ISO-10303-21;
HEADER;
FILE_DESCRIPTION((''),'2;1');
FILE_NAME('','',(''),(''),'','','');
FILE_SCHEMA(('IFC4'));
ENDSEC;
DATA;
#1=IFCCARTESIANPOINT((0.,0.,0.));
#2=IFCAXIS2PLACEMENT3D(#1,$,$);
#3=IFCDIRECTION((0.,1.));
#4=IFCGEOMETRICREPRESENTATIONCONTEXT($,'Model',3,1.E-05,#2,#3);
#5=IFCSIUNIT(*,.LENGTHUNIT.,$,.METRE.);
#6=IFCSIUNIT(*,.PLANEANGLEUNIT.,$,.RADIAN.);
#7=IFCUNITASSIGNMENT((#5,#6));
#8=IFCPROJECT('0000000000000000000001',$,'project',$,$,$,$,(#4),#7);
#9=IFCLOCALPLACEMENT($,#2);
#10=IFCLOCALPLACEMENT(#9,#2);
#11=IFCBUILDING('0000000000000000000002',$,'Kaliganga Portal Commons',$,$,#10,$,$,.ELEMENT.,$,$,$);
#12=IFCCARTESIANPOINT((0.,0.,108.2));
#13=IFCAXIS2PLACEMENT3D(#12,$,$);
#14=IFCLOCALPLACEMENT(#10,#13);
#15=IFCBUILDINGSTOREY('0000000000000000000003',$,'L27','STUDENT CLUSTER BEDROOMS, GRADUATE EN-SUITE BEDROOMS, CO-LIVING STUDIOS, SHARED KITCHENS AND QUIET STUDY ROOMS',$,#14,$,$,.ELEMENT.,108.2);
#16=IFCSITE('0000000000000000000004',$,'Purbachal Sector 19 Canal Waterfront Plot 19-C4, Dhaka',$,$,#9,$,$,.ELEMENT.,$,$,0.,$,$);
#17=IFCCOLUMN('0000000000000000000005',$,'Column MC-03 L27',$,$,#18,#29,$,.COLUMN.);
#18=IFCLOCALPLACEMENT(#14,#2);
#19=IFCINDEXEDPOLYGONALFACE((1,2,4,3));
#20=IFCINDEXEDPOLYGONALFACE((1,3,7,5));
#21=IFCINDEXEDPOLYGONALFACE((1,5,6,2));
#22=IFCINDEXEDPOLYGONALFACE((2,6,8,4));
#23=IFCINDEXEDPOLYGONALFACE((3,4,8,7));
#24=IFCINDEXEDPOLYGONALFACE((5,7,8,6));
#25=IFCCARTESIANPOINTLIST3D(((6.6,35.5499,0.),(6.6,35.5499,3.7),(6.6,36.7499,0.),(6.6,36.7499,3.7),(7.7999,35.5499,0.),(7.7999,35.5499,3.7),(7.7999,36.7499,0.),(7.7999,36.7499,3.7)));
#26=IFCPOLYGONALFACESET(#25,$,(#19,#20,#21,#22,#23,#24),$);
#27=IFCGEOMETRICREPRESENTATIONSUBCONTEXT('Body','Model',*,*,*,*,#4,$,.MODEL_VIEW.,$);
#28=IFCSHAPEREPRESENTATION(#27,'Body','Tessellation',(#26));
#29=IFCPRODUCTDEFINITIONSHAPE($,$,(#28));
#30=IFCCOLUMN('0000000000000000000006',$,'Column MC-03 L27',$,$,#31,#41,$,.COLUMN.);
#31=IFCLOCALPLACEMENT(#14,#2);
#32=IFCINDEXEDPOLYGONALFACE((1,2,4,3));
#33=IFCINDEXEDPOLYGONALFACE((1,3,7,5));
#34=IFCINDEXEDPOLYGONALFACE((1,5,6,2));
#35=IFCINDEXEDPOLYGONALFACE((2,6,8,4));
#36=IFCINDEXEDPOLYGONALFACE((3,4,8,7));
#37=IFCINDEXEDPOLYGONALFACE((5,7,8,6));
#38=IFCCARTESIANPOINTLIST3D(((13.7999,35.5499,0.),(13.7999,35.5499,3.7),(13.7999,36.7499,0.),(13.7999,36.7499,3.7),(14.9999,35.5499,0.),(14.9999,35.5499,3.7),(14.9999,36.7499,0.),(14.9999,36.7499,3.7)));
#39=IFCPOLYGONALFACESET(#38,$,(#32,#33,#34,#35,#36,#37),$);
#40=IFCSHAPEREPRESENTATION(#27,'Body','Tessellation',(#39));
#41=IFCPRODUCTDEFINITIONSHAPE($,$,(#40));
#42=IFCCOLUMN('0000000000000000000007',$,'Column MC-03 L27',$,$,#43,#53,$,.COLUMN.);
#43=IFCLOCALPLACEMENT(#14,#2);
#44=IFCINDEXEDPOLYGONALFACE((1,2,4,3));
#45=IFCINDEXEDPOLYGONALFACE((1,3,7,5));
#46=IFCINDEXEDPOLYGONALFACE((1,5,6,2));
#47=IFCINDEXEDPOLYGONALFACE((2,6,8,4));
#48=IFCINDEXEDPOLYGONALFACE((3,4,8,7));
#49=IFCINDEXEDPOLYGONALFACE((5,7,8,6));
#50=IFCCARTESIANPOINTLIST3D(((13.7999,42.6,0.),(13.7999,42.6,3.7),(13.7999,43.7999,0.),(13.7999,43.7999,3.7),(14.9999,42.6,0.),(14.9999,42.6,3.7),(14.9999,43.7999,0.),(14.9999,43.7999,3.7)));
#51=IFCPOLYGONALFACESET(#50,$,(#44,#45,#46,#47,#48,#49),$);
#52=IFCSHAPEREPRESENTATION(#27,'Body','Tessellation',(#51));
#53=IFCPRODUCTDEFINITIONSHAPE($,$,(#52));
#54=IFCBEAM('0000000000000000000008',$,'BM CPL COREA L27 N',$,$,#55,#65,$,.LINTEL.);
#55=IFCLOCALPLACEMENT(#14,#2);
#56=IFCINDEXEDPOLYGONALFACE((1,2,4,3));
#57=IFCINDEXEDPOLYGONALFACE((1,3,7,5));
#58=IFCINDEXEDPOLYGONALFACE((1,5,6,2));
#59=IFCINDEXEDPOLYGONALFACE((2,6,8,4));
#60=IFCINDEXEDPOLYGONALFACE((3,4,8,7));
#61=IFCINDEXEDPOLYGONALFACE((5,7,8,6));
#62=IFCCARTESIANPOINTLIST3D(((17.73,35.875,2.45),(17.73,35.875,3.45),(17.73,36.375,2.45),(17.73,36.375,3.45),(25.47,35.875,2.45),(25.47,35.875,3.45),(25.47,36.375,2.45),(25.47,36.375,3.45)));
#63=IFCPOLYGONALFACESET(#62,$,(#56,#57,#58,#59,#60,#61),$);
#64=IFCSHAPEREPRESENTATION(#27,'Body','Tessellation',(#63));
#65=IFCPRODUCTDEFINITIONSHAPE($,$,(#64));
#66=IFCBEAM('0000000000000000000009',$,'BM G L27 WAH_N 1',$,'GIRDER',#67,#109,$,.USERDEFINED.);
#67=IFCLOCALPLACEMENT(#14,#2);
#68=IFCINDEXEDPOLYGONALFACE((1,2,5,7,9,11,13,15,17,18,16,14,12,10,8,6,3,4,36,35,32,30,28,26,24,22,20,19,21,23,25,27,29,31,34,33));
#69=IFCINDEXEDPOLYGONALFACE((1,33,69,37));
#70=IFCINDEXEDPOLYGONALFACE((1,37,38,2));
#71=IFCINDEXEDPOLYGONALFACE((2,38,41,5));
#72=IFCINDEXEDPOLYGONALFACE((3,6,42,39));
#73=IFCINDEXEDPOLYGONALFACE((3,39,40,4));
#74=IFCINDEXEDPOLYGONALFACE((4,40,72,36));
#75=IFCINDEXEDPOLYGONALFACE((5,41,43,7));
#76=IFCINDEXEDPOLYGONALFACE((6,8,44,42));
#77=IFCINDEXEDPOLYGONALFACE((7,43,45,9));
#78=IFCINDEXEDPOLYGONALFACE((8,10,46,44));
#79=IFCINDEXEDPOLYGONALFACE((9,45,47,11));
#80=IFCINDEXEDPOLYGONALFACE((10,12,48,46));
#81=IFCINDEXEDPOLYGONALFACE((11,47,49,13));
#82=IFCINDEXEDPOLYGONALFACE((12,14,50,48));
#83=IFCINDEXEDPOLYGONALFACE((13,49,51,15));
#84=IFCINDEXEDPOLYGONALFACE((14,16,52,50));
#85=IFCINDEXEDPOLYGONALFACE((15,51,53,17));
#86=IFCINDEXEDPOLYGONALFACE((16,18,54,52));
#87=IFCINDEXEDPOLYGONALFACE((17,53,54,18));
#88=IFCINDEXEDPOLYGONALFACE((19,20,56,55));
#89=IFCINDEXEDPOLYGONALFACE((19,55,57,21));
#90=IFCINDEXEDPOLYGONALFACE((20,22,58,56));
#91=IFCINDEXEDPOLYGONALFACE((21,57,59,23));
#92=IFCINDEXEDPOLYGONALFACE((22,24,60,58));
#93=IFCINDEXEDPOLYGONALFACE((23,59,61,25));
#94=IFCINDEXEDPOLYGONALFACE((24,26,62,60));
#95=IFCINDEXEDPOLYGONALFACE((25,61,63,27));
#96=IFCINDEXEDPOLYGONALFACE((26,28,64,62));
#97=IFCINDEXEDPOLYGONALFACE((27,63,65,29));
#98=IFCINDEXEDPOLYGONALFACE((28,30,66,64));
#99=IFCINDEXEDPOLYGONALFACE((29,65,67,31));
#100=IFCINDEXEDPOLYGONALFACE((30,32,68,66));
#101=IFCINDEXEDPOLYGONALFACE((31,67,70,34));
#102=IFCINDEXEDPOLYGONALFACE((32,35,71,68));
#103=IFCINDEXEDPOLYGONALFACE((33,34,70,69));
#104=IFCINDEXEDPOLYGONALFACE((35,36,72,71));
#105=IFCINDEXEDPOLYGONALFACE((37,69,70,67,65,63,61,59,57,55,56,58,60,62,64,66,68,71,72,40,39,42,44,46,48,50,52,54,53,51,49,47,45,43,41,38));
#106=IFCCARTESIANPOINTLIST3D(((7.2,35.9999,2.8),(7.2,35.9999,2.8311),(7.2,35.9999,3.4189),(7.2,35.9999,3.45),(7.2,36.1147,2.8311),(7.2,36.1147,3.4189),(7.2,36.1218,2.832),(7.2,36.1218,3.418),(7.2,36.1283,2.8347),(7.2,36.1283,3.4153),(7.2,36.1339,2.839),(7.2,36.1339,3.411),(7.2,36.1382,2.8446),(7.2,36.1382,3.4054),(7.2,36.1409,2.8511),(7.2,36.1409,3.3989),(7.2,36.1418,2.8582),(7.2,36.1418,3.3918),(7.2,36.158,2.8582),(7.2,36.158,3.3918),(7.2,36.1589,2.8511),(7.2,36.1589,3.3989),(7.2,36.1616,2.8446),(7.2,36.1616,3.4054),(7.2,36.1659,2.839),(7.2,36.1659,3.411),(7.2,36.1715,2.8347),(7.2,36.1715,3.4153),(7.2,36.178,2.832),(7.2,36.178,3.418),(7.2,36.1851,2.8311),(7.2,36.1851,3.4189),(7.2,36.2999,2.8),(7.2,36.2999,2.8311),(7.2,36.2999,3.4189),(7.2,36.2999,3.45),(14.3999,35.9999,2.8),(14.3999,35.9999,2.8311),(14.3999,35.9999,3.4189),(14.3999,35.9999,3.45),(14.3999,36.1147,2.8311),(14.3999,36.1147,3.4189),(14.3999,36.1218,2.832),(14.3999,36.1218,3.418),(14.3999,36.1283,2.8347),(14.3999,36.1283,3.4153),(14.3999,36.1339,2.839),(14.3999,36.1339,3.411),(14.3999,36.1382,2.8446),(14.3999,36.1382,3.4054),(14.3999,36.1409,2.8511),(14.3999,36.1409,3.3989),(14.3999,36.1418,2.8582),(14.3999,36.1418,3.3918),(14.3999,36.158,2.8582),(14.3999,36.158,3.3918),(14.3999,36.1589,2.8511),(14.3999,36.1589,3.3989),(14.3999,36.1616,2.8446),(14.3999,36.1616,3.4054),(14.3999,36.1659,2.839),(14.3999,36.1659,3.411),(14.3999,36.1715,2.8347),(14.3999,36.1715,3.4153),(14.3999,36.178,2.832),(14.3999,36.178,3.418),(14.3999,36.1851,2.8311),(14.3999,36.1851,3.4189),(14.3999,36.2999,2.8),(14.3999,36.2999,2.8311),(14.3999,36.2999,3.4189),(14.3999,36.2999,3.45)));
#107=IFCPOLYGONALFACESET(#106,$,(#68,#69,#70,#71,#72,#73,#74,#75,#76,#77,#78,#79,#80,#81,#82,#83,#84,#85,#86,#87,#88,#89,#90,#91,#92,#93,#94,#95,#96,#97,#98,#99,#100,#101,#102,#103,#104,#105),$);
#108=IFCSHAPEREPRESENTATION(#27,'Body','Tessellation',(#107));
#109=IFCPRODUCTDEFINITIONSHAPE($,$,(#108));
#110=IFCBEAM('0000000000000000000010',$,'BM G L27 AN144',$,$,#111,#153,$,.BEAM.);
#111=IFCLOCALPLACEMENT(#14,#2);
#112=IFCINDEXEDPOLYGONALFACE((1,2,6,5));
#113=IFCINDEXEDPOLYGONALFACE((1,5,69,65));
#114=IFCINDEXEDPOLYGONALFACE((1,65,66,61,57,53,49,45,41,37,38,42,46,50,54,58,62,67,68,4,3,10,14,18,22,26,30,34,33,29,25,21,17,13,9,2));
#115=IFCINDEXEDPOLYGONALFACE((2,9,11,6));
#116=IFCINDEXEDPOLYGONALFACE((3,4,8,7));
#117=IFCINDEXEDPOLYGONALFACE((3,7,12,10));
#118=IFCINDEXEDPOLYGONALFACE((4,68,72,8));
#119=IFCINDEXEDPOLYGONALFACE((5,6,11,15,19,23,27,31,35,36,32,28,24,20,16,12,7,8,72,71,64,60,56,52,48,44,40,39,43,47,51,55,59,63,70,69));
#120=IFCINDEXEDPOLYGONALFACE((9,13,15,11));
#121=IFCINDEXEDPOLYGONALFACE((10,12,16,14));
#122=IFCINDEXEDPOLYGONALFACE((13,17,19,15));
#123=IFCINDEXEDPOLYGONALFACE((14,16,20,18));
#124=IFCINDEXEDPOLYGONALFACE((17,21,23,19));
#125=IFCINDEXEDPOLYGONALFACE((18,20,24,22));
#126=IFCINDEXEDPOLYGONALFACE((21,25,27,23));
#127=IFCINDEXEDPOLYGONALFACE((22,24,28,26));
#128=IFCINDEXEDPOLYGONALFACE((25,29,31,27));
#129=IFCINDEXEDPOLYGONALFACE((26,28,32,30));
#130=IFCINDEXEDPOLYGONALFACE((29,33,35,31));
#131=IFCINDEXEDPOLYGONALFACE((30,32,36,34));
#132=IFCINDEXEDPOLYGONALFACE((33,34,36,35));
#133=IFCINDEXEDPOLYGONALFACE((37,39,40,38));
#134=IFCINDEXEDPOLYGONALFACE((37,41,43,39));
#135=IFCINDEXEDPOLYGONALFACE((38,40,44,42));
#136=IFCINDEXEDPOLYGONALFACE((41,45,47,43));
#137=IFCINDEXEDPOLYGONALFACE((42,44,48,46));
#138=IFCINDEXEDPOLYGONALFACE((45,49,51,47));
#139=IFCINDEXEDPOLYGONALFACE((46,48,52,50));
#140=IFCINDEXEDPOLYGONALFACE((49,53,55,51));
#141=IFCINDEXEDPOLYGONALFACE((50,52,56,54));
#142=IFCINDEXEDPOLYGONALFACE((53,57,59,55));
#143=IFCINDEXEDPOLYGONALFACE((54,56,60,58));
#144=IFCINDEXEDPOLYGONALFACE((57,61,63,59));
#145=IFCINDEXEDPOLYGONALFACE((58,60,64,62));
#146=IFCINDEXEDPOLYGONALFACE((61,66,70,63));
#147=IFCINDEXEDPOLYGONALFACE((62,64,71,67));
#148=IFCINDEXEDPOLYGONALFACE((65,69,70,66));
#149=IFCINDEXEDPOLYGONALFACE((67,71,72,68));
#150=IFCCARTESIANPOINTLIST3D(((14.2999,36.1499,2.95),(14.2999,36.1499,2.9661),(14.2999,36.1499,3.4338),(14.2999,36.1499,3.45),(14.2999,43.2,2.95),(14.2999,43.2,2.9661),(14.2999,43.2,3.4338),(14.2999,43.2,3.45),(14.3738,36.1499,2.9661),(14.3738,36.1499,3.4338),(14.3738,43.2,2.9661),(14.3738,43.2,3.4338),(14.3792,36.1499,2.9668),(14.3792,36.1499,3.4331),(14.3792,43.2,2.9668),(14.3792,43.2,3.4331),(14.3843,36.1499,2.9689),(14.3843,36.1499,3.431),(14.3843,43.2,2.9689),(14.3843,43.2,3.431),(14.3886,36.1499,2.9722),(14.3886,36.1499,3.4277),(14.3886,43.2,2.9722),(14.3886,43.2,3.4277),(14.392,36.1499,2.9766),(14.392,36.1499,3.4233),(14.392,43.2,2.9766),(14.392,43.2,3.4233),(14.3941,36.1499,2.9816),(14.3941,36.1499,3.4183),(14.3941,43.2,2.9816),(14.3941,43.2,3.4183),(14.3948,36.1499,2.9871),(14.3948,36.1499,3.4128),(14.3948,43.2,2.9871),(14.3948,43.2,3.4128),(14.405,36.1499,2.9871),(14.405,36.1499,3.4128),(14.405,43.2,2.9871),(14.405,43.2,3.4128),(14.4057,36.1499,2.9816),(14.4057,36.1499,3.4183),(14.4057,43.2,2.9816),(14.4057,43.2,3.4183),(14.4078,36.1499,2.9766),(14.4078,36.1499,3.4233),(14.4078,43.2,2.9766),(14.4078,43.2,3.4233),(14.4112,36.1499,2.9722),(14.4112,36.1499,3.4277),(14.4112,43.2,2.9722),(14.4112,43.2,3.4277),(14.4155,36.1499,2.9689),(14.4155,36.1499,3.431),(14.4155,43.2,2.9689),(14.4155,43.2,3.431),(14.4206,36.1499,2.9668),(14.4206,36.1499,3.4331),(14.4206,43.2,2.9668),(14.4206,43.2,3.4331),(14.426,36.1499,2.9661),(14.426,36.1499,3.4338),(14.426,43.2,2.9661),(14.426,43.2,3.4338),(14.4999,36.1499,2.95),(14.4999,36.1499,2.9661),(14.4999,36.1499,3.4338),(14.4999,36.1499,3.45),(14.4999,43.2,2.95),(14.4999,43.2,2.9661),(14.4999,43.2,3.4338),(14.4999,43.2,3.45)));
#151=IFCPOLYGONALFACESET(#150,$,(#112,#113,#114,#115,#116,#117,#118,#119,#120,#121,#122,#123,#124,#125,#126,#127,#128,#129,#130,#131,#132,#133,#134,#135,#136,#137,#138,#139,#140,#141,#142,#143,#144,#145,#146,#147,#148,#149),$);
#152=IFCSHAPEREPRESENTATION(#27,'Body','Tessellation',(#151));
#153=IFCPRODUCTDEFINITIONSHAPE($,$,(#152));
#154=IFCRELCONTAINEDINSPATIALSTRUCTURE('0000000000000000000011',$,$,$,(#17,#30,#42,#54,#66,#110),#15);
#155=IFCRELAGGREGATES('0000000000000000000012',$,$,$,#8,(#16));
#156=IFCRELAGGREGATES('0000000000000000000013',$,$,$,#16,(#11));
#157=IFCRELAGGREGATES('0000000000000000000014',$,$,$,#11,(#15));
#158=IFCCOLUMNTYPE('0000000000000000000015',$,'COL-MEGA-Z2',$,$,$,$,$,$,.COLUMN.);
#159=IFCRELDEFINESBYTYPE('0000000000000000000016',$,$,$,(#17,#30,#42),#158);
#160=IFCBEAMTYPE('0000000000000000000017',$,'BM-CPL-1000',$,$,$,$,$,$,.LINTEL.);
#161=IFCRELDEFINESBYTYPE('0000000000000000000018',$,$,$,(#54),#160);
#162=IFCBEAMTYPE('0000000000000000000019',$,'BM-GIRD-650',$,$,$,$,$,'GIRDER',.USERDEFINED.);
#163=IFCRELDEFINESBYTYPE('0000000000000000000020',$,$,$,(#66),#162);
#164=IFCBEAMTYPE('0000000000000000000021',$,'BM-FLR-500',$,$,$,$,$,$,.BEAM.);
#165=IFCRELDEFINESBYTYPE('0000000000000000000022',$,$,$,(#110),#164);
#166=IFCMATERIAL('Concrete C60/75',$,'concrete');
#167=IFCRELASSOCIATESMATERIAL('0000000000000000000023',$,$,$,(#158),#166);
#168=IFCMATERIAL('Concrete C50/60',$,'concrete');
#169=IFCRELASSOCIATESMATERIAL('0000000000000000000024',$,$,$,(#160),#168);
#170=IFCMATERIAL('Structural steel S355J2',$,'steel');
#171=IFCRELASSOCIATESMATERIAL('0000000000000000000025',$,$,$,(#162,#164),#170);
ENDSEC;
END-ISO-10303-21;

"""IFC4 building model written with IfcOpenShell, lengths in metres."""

from ifc_helpers import new_model, si_unit, direction, frame, origin, origin_2d, place, context, subcontext, project, spatial, rectangle, i_section, extrude, source, transform, mapped, material, material_profile, profile_set, type_object, element, save


model = new_model("IFC4")

# Units and contexts
model_context = context("Model", 3, precision=1e-05, world=origin(), true_north=direction((0.0, 1.0)))
body_context = subcontext(model_context, "Body", "Model", "MODEL_VIEW")
ifc_project = project(units=[si_unit("LENGTHUNIT", "METRE"), si_unit("PLANEANGLEUNIT", "RADIAN")], contexts=[model_context])

# Site, building, storey
site_placement = place(None, origin())
site = spatial("IfcSite", under=ifc_project, at=site_placement, Name="Purbachal Sector 19 Canal Waterfront Plot 19-C4, Dhaka", CompositionType="ELEMENT", RefElevation=0.0)
building_placement = place(site_placement, origin())
building = spatial("IfcBuilding", under=site, at=building_placement, Name="Kaliganga Portal Commons", CompositionType="ELEMENT")
storey_placement = place(building_placement, frame((0.0, 0.0, 108.2)))
storey = spatial("IfcBuildingStorey", under=building, at=storey_placement, Name="L27", Description="STUDENT CLUSTER BEDROOMS, GRADUATE EN-SUITE BEDROOMS, CO-LIVING STUDIOS, SHARED KITCHENS AND QUIET STUDY ROOMS", CompositionType="ELEMENT", Elevation=108.2)

# Columns
ifc_material_1 = material(Name="Concrete C60/75", Category="concrete")
ifc_material_profile_1 = material_profile(ifc_material_1, rectangle(XDim=1.2, YDim=1.2, at=origin_2d()), Name="RC 1200x1200")
ifc_profile_set_1 = profile_set([ifc_material_profile_1], Name="Concrete C60/75")
column_type = type_object("IfcColumnType", Name="COL-MEGA-Z2", PredefinedType="COLUMN", material=ifc_profile_set_1)
shared_shape_1 = source(origin(), body_context, "Body", "SweptSolid", [
    extrude(rectangle(XDim=1.2, YDim=1.2, at=origin_2d()), origin(), (0.0, 0.0, 1.0), 3.7),
])
for number, where, z_axis, x_axis, name in (
    (1, (7.2, 36.1499, 0.0), (0.0, 0.0, 1.0), (1.0, 0.0, 0.0), "Column MC-03 L27"),
    (2, (14.3999, 36.1499, 0.0), (0.0, 0.0, 1.0), (1.0, 0.0, 0.0), "Column MC-03 L27"),
    (3, (14.3999, 43.2, 0.0), (0.0, 0.0, 1.0), (1.0, 0.0, 0.0), "Column MC-03 L27"),
):
    element("IfcColumn", number, at=place(storey_placement, frame(where, z_axis=z_axis, x_axis=x_axis)), inside=storey, type_object=column_type, Name=name, PredefinedType="COLUMN", context=body_context, shape_type="MappedRepresentation", body=[
        mapped(shared_shape_1, transform((0.0, 0.0, 0.0), x_axis=(1.0, 0.0, 0.0), y_axis=(0.0, 1.0, 0.0), z_axis=(0.0, 0.0, 1.0), scale=1.0)),
    ])

# Beams
ifc_material_2 = material(Name="Concrete C50/60", Category="concrete")
ifc_material_profile_2 = material_profile(ifc_material_2, rectangle(XDim=0.5, YDim=1.0, at=origin_2d()), Name="RC 500x1000")
ifc_profile_set_2 = profile_set([ifc_material_profile_2], Name="Concrete C50/60")
beam_type_1 = type_object("IfcBeamType", Name="BM-CPL-1000", PredefinedType="LINTEL", material=ifc_profile_set_2)
shared_shape_2 = source(origin(), body_context, "Body", "SweptSolid", [
    extrude(rectangle(XDim=0.5, YDim=1.0, at=origin_2d()), origin(), (0.0, 0.0, 1.0), 7.74),
])
beam_1_placement = place(storey_placement, frame((17.73, 36.125, 2.95), z_axis=(1.0, 0.0, 0.0), x_axis=(0.0, 1.0, 0.0)))
element("IfcBeam", 4, at=beam_1_placement, inside=storey, type_object=beam_type_1, Name="BM CPL COREA L27 N", PredefinedType="LINTEL", context=body_context, shape_type="MappedRepresentation", body=[
    mapped(shared_shape_2, transform((0.0, 0.0, 0.0), x_axis=(1.0, 0.0, 0.0), y_axis=(0.0, 1.0, 0.0), z_axis=(0.0, 0.0, 1.0), scale=1.0)),
])
ifc_material_3 = material(Name="Structural steel S355J2", Category="steel")
ifc_material_profile_3 = material_profile(ifc_material_3, i_section(OverallWidth=0.3, OverallDepth=0.6499, WebThickness=0.0161, FlangeThickness=0.031, FilletRadius=0.0271, at=origin_2d()), Name="HE 650 B")
ifc_profile_set_3 = profile_set([ifc_material_profile_3], Name="Structural steel S355J2 wide-flange")
beam_type_2 = type_object("IfcBeamType", Name="BM-GIRD-650", ElementType="GIRDER", PredefinedType="USERDEFINED", material=ifc_profile_set_3)
shared_shape_3 = source(origin(), body_context, "Body", "SweptSolid", [
    extrude(i_section(OverallWidth=0.3, OverallDepth=0.6499, WebThickness=0.0161, FlangeThickness=0.031, FilletRadius=0.0271, at=origin_2d()), origin(), (0.0, 0.0, 1.0), 7.2),
])
beam_2_placement = place(storey_placement, frame((7.2, 36.1499, 3.125), z_axis=(1.0, 0.0, 0.0), x_axis=(0.0, 1.0, 0.0)))
element("IfcBeam", 5, at=beam_2_placement, inside=storey, type_object=beam_type_2, Name="BM G L27 WAH_N 1", ObjectType="GIRDER", PredefinedType="USERDEFINED", context=body_context, shape_type="MappedRepresentation", body=[
    mapped(shared_shape_3, transform((0.0, 0.0, 0.0), x_axis=(1.0, 0.0, 0.0), y_axis=(0.0, 1.0, 0.0), z_axis=(0.0, 0.0, 1.0), scale=1.0)),
])
ifc_material_profile_4 = material_profile(ifc_material_3, i_section(OverallWidth=0.2, OverallDepth=0.5, WebThickness=0.0103, FlangeThickness=0.0161, FilletRadius=0.021, at=origin_2d()), Name="IPE 500")
ifc_profile_set_4 = profile_set([ifc_material_profile_4], Name="Structural steel S355J2 wide-flange")
beam_type_3 = type_object("IfcBeamType", Name="BM-FLR-500", PredefinedType="BEAM", material=ifc_profile_set_4)
shared_shape_4 = source(origin(), body_context, "Body", "SweptSolid", [
    extrude(i_section(OverallWidth=0.2, OverallDepth=0.5, WebThickness=0.0103, FlangeThickness=0.0161, FilletRadius=0.021, at=origin_2d()), origin(), (0.0, 0.0, 1.0), 7.05),
])
beam_3_placement = place(storey_placement, frame((14.3999, 36.1499, 3.2), z_axis=(0.0, 1.0, 0.0), x_axis=(-1.0, 0.0, 0.0)))
element("IfcBeam", 6, at=beam_3_placement, inside=storey, type_object=beam_type_3, Name="BM G L27 AN144", PredefinedType="BEAM", context=body_context, shape_type="MappedRepresentation", body=[
    mapped(shared_shape_4, transform((0.0, 0.0, 0.0), x_axis=(1.0, 0.0, 0.0), y_axis=(0.0, 1.0, 0.0), z_axis=(0.0, 0.0, 1.0), scale=1.0)),
])

save(model, "model.ifc")
